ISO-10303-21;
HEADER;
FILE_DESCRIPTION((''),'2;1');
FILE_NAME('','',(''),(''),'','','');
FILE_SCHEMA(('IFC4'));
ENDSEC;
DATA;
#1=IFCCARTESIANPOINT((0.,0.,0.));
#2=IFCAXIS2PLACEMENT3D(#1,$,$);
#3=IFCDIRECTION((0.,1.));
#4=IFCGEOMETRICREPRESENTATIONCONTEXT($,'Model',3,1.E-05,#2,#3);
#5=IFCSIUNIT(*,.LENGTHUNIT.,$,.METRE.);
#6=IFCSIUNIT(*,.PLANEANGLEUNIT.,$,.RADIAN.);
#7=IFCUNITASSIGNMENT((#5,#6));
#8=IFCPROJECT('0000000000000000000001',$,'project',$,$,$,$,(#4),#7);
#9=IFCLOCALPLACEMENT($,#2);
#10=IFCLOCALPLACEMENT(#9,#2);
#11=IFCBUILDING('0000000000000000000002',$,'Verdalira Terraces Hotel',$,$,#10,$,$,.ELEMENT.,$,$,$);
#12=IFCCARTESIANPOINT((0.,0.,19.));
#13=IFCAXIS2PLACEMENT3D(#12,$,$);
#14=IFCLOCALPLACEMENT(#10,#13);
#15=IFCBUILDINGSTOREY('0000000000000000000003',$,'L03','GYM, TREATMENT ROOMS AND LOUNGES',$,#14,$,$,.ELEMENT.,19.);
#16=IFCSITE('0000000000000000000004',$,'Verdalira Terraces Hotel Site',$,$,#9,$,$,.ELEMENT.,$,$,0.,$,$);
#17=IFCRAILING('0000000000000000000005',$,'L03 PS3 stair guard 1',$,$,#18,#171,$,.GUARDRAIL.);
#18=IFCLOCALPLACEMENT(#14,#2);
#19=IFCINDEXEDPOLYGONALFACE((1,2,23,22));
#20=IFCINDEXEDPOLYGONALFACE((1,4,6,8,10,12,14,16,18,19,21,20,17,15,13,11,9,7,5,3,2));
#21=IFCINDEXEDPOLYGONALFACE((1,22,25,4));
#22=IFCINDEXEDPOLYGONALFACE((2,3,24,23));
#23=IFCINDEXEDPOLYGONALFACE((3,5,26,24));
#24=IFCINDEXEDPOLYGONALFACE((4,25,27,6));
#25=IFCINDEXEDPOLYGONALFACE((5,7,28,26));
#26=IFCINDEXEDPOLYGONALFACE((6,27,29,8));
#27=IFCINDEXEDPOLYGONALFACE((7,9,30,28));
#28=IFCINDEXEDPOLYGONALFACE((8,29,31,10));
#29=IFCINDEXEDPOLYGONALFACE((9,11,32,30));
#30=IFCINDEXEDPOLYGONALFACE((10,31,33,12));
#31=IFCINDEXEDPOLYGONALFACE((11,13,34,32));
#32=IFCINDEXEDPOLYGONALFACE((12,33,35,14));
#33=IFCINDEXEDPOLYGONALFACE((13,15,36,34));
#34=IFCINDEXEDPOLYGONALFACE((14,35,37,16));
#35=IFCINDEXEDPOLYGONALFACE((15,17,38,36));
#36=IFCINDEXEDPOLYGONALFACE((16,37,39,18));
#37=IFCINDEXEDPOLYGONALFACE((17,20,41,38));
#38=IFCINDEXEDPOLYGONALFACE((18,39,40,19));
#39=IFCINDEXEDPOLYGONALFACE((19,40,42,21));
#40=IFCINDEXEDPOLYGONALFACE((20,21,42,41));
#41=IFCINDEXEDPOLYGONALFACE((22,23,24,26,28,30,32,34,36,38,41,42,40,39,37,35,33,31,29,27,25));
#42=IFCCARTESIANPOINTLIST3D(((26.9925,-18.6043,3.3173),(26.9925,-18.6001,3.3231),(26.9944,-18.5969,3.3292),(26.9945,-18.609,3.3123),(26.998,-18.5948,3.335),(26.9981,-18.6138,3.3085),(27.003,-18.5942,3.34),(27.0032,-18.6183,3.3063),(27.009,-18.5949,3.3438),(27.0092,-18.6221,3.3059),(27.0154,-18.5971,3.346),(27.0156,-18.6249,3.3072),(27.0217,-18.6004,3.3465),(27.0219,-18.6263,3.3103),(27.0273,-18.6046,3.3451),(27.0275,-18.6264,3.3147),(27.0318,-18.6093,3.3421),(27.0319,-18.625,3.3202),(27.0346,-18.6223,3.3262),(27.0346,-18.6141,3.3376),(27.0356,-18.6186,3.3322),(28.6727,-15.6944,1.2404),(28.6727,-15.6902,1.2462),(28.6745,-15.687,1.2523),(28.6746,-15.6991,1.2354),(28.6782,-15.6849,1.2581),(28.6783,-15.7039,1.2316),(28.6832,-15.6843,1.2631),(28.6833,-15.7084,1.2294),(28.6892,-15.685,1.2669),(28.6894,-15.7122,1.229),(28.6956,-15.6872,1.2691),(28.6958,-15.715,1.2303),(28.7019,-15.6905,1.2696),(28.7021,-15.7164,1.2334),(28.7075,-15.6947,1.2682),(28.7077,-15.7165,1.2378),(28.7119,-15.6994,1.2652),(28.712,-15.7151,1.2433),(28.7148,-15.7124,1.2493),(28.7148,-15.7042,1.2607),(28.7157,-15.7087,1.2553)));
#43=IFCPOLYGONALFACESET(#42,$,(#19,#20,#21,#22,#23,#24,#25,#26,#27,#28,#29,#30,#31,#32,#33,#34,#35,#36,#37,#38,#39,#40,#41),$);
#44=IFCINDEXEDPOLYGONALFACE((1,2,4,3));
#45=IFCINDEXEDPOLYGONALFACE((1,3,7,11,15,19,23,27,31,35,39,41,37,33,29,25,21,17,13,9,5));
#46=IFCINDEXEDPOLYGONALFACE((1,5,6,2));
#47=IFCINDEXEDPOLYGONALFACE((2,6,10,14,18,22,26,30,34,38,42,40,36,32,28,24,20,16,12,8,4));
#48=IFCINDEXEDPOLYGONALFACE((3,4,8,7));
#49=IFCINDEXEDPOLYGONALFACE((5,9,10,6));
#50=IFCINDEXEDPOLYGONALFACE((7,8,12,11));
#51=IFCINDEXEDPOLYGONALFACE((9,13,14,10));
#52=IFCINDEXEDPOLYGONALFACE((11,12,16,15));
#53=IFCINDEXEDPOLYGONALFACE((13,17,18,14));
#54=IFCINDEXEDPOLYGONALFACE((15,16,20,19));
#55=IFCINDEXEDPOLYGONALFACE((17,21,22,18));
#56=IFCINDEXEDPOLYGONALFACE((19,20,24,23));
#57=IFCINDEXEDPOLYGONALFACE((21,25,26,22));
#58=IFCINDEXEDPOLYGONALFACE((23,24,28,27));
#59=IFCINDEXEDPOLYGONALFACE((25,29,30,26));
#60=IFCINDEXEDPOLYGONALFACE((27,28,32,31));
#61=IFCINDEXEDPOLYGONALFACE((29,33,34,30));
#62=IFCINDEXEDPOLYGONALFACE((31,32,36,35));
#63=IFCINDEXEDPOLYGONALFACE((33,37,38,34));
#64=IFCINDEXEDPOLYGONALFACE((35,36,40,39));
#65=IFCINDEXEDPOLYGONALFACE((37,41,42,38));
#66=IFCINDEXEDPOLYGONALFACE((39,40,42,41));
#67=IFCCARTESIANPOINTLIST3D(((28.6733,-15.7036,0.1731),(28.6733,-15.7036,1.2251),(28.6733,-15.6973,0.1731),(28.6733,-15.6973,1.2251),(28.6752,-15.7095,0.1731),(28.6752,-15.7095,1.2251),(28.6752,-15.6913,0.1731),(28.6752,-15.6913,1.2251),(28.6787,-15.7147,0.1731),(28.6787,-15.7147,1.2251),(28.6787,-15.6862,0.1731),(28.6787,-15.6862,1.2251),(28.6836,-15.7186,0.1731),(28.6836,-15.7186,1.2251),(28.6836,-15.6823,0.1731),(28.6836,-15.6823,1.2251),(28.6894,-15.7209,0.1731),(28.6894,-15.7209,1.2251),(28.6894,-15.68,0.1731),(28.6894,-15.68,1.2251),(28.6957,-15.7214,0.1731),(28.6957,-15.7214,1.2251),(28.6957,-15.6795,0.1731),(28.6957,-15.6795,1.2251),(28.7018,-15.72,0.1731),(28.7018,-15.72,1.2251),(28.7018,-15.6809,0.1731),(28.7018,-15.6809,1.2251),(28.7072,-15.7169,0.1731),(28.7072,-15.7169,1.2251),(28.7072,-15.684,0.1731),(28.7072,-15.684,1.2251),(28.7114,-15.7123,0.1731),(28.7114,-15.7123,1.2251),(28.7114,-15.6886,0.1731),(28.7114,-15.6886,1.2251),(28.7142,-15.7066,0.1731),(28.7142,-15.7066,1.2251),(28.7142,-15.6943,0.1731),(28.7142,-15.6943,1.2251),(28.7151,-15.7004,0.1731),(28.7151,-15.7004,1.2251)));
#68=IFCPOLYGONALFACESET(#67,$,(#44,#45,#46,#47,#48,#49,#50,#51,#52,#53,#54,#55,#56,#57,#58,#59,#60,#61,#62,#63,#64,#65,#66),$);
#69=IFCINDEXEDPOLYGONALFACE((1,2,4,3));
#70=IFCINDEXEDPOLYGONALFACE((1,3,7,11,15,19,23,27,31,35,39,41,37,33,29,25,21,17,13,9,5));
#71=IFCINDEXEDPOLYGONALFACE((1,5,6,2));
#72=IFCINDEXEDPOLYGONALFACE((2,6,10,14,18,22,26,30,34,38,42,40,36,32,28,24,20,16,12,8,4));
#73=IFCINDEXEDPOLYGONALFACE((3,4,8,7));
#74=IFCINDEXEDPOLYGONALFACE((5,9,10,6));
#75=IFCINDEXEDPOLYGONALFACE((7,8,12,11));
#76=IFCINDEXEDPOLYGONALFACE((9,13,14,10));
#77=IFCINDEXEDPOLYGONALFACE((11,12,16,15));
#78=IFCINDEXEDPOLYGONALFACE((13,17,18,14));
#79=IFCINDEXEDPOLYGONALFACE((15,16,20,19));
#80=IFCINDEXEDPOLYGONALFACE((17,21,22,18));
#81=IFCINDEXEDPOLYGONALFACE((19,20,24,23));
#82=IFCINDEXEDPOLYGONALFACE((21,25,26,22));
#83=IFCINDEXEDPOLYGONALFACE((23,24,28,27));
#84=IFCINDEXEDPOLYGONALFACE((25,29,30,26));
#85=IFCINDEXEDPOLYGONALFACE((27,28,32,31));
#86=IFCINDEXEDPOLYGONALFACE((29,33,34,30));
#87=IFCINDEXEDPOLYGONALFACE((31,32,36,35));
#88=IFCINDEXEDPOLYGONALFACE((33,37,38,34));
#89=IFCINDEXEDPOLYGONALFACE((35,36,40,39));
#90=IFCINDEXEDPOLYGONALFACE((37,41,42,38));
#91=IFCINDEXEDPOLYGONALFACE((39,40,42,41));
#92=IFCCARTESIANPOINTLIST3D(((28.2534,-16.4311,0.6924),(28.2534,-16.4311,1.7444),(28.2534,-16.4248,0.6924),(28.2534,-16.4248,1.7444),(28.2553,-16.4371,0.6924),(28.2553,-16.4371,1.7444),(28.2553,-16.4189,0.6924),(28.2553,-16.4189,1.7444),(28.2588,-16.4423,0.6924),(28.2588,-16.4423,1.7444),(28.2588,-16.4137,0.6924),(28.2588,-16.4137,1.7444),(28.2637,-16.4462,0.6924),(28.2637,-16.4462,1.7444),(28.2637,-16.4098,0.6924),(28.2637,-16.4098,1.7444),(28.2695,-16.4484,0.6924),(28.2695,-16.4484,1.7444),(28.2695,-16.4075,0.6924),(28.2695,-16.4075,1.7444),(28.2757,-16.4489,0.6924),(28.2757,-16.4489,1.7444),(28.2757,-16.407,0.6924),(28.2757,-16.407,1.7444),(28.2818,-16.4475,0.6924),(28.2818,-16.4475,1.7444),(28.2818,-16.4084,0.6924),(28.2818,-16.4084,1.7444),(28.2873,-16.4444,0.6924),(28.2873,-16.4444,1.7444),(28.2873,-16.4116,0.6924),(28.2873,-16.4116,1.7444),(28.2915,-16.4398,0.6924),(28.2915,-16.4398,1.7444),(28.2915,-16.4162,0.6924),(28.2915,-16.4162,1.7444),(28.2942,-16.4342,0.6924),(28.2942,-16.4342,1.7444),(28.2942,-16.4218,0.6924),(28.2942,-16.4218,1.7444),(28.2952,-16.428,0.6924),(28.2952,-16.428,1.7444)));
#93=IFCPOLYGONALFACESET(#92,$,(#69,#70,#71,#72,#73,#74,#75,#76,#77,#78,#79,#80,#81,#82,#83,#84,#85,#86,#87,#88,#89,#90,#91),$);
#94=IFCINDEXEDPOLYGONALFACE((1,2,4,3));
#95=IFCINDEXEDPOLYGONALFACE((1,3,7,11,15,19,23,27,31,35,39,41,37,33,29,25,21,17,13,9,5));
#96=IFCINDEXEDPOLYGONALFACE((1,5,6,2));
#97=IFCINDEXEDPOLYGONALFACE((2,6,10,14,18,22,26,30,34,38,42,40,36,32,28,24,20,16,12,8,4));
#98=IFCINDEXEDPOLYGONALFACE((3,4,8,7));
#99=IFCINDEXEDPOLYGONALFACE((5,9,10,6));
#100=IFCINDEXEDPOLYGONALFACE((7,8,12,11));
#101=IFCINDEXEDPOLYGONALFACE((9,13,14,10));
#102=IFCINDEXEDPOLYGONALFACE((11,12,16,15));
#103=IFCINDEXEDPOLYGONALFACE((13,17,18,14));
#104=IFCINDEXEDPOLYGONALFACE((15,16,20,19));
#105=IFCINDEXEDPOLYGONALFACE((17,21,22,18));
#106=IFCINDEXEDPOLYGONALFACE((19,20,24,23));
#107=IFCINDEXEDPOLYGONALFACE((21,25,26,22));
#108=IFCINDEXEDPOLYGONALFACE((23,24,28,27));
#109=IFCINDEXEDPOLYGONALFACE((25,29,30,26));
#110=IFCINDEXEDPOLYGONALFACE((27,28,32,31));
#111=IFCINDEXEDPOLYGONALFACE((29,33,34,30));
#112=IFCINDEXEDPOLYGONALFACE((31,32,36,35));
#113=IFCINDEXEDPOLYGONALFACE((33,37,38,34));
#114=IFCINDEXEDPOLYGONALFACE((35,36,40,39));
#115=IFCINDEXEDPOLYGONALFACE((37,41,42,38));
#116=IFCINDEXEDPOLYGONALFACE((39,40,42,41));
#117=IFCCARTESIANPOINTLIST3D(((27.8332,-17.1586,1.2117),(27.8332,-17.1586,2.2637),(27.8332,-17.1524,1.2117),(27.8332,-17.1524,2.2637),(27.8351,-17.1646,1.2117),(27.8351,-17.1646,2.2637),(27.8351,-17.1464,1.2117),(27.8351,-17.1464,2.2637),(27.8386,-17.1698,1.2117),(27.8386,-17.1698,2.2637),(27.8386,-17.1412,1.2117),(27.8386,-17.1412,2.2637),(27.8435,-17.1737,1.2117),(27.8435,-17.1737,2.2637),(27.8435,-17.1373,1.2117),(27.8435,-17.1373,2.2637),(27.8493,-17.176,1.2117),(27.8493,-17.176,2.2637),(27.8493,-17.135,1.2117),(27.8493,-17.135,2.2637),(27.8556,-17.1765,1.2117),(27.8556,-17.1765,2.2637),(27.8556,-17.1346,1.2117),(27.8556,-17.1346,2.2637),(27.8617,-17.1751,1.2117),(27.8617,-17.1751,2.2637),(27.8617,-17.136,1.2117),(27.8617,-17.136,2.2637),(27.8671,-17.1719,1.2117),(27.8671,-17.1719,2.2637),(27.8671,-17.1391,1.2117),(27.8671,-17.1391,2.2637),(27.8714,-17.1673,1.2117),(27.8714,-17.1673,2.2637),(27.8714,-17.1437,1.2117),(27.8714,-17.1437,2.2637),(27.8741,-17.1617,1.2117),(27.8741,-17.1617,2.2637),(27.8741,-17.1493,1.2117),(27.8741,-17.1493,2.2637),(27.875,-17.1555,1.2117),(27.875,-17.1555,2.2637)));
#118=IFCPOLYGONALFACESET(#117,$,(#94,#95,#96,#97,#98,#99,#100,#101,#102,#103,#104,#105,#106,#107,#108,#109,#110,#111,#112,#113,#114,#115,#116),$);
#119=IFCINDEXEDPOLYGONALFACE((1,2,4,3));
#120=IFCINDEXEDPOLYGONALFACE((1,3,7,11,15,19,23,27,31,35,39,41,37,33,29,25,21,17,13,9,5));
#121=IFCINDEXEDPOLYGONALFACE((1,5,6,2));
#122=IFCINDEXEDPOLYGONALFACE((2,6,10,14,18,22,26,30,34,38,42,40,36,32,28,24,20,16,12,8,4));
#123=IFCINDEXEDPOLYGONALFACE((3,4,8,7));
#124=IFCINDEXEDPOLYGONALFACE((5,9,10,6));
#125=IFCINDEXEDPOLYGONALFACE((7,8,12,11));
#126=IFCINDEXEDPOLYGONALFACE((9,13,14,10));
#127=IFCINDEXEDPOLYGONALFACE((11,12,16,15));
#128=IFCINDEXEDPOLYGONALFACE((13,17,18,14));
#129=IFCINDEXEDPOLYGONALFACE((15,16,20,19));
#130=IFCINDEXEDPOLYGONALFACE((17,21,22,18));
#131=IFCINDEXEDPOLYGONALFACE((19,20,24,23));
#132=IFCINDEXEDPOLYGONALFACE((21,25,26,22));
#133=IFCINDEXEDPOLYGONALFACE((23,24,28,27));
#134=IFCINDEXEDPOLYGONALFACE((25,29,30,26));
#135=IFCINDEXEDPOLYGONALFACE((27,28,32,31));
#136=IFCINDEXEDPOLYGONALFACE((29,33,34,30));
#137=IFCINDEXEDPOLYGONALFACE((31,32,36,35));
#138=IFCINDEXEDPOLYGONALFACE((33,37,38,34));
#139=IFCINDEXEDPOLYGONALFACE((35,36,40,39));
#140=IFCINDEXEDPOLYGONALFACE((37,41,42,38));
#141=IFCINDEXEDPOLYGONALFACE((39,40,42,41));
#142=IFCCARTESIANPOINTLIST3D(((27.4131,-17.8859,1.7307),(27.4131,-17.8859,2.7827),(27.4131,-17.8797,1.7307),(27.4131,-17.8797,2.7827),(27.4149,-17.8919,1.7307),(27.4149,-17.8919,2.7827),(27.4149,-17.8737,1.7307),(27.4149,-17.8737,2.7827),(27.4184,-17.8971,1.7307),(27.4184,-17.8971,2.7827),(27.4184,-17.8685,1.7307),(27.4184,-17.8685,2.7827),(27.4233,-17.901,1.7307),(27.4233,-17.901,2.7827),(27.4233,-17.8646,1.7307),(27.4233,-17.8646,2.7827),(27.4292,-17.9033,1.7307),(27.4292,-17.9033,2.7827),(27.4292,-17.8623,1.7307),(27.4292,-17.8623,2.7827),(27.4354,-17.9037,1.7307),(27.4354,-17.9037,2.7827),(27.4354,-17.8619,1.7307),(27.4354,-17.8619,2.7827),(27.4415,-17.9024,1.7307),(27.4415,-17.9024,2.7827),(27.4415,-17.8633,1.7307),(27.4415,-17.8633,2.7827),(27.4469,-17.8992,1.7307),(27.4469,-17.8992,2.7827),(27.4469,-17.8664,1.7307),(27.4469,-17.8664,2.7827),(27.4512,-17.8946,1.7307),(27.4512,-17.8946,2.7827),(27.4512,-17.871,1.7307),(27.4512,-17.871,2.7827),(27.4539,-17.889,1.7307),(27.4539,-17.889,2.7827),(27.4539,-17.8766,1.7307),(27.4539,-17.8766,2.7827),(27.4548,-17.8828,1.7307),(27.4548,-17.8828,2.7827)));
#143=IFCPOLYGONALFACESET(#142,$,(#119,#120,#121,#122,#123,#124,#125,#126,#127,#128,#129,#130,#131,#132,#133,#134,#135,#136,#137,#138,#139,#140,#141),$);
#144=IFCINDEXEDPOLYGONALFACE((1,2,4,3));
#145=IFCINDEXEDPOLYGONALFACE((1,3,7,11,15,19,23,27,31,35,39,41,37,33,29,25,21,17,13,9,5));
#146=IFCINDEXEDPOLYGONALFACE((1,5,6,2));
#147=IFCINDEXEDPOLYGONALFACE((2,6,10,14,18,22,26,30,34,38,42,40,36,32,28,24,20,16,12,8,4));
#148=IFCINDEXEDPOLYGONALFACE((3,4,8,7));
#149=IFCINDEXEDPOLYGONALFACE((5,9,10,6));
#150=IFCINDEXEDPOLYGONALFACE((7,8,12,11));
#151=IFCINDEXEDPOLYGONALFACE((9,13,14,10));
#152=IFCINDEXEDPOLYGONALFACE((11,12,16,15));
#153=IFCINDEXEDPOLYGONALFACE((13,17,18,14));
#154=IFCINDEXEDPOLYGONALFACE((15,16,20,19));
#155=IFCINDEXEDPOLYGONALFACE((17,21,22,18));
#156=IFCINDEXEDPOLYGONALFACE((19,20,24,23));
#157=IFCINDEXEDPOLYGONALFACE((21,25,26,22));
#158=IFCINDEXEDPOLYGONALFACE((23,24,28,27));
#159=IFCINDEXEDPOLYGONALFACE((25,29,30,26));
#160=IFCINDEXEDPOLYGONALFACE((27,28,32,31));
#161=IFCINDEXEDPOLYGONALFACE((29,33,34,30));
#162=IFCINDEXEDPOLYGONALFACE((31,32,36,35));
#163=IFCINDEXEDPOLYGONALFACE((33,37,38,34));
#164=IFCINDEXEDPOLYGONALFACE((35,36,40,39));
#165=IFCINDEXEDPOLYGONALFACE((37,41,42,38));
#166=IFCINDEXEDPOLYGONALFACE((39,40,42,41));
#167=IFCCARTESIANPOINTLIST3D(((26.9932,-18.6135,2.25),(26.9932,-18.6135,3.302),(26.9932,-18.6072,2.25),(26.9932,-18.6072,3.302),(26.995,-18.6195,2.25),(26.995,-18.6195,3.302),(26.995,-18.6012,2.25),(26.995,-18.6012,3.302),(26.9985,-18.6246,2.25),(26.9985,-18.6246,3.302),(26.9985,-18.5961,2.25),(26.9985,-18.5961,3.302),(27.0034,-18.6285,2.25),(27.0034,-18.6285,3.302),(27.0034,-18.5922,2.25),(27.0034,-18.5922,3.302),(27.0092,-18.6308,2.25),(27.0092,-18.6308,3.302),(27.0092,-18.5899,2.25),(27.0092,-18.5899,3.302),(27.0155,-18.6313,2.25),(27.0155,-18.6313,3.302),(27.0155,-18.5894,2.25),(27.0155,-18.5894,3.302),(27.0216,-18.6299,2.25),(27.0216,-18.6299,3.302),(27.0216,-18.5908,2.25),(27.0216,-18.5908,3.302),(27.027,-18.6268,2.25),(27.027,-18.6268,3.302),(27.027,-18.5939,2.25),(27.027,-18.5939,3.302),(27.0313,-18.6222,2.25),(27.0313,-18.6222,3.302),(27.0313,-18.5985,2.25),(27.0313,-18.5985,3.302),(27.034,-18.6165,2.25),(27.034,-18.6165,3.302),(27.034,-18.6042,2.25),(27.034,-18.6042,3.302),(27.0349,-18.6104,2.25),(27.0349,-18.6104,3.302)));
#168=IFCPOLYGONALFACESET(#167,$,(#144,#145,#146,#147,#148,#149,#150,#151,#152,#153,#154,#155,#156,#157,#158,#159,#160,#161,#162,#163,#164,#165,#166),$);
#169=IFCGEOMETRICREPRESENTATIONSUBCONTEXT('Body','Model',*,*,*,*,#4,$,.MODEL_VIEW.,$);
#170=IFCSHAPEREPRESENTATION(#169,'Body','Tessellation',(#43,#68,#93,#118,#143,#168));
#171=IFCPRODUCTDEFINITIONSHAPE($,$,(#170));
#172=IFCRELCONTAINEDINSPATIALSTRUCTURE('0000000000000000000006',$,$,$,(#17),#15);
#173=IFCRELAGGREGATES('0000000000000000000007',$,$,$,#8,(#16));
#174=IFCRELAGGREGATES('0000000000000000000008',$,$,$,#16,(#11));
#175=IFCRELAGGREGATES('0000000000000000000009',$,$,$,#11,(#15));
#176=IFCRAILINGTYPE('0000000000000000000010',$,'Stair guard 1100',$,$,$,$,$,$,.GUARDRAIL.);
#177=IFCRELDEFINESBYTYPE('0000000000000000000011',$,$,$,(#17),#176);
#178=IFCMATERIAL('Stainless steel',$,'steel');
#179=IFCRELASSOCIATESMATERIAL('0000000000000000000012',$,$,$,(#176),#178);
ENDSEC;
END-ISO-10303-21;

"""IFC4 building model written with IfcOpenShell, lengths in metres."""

from ifc_helpers import new_model, si_unit, direction, frame, origin, origin_2d, place, context, subcontext, project, spatial, circle, extrude, material, type_object, element, save


model = new_model("IFC4")

# Units and contexts
model_context = context("Model", 3, precision=1e-05, world=origin(), true_north=direction((0.0, 1.0)))
body_context = subcontext(model_context, "Body", "Model", "MODEL_VIEW")
ifc_project = project(units=[si_unit("LENGTHUNIT", "METRE"), si_unit("PLANEANGLEUNIT", "RADIAN")], contexts=[model_context])

# Site, building, storey
site_placement = place(None, origin())
site = spatial("IfcSite", under=ifc_project, at=site_placement, Name="Verdalira Terraces Hotel Site", CompositionType="ELEMENT", RefElevation=0.0)
building_placement = place(site_placement, origin())
building = spatial("IfcBuilding", under=site, at=building_placement, Name="Verdalira Terraces Hotel", CompositionType="ELEMENT")
storey_placement = place(building_placement, frame((0.0, 0.0, 19.0)))
storey = spatial("IfcBuildingStorey", under=building, at=storey_placement, Name="L03", Description="GYM, TREATMENT ROOMS AND LOUNGES", CompositionType="ELEMENT", Elevation=19.0)

# Railing
ifc_material_1 = material(Name="Stainless steel", Category="steel")
railing_type_1 = type_object("IfcRailingType", Name="Stair guard 1100", PredefinedType="GUARDRAIL", material=ifc_material_1)
railing_1_placement = place(storey_placement, frame((28.6941, -15.7004, 0.1731)))
element("IfcRailing", 1, at=railing_1_placement, inside=storey, type_object=railing_type_1, Name="L03 PS3 stair guard 1", PredefinedType="GUARDRAIL", context=body_context, shape_type="SweptSolid", body=[
    extrude(circle(Radius=0.0239, at=origin_2d()), frame((0.0, 0.0, 1.0762), z_axis=(-0.425339, -0.736649, 0.525771), x_axis=(0.866008, -0.500031, 0.0)), (0.0, 0.0, 1.0), 3.9502),
    extrude(circle(Radius=0.021, at=origin_2d()), origin(), (0.0, 0.0, 1.0), 1.052),
    extrude(circle(Radius=0.021, at=origin_2d()), frame((-0.4199, -0.7275, 0.5193)), (0.0, 0.0, 1.0), 1.052),
    extrude(circle(Radius=0.021, at=origin_2d()), frame((-0.8401, -1.4551, 1.0386)), (0.0, 0.0, 1.0), 1.052),
    extrude(circle(Radius=0.021, at=origin_2d()), frame((-1.2603, -2.1824, 1.5576)), (0.0, 0.0, 1.0), 1.052),
    extrude(circle(Radius=0.021, at=origin_2d()), frame((-1.6802, -2.9099, 2.0769)), (0.0, 0.0, 1.0), 1.052),
])

save(model, "model.ifc")
